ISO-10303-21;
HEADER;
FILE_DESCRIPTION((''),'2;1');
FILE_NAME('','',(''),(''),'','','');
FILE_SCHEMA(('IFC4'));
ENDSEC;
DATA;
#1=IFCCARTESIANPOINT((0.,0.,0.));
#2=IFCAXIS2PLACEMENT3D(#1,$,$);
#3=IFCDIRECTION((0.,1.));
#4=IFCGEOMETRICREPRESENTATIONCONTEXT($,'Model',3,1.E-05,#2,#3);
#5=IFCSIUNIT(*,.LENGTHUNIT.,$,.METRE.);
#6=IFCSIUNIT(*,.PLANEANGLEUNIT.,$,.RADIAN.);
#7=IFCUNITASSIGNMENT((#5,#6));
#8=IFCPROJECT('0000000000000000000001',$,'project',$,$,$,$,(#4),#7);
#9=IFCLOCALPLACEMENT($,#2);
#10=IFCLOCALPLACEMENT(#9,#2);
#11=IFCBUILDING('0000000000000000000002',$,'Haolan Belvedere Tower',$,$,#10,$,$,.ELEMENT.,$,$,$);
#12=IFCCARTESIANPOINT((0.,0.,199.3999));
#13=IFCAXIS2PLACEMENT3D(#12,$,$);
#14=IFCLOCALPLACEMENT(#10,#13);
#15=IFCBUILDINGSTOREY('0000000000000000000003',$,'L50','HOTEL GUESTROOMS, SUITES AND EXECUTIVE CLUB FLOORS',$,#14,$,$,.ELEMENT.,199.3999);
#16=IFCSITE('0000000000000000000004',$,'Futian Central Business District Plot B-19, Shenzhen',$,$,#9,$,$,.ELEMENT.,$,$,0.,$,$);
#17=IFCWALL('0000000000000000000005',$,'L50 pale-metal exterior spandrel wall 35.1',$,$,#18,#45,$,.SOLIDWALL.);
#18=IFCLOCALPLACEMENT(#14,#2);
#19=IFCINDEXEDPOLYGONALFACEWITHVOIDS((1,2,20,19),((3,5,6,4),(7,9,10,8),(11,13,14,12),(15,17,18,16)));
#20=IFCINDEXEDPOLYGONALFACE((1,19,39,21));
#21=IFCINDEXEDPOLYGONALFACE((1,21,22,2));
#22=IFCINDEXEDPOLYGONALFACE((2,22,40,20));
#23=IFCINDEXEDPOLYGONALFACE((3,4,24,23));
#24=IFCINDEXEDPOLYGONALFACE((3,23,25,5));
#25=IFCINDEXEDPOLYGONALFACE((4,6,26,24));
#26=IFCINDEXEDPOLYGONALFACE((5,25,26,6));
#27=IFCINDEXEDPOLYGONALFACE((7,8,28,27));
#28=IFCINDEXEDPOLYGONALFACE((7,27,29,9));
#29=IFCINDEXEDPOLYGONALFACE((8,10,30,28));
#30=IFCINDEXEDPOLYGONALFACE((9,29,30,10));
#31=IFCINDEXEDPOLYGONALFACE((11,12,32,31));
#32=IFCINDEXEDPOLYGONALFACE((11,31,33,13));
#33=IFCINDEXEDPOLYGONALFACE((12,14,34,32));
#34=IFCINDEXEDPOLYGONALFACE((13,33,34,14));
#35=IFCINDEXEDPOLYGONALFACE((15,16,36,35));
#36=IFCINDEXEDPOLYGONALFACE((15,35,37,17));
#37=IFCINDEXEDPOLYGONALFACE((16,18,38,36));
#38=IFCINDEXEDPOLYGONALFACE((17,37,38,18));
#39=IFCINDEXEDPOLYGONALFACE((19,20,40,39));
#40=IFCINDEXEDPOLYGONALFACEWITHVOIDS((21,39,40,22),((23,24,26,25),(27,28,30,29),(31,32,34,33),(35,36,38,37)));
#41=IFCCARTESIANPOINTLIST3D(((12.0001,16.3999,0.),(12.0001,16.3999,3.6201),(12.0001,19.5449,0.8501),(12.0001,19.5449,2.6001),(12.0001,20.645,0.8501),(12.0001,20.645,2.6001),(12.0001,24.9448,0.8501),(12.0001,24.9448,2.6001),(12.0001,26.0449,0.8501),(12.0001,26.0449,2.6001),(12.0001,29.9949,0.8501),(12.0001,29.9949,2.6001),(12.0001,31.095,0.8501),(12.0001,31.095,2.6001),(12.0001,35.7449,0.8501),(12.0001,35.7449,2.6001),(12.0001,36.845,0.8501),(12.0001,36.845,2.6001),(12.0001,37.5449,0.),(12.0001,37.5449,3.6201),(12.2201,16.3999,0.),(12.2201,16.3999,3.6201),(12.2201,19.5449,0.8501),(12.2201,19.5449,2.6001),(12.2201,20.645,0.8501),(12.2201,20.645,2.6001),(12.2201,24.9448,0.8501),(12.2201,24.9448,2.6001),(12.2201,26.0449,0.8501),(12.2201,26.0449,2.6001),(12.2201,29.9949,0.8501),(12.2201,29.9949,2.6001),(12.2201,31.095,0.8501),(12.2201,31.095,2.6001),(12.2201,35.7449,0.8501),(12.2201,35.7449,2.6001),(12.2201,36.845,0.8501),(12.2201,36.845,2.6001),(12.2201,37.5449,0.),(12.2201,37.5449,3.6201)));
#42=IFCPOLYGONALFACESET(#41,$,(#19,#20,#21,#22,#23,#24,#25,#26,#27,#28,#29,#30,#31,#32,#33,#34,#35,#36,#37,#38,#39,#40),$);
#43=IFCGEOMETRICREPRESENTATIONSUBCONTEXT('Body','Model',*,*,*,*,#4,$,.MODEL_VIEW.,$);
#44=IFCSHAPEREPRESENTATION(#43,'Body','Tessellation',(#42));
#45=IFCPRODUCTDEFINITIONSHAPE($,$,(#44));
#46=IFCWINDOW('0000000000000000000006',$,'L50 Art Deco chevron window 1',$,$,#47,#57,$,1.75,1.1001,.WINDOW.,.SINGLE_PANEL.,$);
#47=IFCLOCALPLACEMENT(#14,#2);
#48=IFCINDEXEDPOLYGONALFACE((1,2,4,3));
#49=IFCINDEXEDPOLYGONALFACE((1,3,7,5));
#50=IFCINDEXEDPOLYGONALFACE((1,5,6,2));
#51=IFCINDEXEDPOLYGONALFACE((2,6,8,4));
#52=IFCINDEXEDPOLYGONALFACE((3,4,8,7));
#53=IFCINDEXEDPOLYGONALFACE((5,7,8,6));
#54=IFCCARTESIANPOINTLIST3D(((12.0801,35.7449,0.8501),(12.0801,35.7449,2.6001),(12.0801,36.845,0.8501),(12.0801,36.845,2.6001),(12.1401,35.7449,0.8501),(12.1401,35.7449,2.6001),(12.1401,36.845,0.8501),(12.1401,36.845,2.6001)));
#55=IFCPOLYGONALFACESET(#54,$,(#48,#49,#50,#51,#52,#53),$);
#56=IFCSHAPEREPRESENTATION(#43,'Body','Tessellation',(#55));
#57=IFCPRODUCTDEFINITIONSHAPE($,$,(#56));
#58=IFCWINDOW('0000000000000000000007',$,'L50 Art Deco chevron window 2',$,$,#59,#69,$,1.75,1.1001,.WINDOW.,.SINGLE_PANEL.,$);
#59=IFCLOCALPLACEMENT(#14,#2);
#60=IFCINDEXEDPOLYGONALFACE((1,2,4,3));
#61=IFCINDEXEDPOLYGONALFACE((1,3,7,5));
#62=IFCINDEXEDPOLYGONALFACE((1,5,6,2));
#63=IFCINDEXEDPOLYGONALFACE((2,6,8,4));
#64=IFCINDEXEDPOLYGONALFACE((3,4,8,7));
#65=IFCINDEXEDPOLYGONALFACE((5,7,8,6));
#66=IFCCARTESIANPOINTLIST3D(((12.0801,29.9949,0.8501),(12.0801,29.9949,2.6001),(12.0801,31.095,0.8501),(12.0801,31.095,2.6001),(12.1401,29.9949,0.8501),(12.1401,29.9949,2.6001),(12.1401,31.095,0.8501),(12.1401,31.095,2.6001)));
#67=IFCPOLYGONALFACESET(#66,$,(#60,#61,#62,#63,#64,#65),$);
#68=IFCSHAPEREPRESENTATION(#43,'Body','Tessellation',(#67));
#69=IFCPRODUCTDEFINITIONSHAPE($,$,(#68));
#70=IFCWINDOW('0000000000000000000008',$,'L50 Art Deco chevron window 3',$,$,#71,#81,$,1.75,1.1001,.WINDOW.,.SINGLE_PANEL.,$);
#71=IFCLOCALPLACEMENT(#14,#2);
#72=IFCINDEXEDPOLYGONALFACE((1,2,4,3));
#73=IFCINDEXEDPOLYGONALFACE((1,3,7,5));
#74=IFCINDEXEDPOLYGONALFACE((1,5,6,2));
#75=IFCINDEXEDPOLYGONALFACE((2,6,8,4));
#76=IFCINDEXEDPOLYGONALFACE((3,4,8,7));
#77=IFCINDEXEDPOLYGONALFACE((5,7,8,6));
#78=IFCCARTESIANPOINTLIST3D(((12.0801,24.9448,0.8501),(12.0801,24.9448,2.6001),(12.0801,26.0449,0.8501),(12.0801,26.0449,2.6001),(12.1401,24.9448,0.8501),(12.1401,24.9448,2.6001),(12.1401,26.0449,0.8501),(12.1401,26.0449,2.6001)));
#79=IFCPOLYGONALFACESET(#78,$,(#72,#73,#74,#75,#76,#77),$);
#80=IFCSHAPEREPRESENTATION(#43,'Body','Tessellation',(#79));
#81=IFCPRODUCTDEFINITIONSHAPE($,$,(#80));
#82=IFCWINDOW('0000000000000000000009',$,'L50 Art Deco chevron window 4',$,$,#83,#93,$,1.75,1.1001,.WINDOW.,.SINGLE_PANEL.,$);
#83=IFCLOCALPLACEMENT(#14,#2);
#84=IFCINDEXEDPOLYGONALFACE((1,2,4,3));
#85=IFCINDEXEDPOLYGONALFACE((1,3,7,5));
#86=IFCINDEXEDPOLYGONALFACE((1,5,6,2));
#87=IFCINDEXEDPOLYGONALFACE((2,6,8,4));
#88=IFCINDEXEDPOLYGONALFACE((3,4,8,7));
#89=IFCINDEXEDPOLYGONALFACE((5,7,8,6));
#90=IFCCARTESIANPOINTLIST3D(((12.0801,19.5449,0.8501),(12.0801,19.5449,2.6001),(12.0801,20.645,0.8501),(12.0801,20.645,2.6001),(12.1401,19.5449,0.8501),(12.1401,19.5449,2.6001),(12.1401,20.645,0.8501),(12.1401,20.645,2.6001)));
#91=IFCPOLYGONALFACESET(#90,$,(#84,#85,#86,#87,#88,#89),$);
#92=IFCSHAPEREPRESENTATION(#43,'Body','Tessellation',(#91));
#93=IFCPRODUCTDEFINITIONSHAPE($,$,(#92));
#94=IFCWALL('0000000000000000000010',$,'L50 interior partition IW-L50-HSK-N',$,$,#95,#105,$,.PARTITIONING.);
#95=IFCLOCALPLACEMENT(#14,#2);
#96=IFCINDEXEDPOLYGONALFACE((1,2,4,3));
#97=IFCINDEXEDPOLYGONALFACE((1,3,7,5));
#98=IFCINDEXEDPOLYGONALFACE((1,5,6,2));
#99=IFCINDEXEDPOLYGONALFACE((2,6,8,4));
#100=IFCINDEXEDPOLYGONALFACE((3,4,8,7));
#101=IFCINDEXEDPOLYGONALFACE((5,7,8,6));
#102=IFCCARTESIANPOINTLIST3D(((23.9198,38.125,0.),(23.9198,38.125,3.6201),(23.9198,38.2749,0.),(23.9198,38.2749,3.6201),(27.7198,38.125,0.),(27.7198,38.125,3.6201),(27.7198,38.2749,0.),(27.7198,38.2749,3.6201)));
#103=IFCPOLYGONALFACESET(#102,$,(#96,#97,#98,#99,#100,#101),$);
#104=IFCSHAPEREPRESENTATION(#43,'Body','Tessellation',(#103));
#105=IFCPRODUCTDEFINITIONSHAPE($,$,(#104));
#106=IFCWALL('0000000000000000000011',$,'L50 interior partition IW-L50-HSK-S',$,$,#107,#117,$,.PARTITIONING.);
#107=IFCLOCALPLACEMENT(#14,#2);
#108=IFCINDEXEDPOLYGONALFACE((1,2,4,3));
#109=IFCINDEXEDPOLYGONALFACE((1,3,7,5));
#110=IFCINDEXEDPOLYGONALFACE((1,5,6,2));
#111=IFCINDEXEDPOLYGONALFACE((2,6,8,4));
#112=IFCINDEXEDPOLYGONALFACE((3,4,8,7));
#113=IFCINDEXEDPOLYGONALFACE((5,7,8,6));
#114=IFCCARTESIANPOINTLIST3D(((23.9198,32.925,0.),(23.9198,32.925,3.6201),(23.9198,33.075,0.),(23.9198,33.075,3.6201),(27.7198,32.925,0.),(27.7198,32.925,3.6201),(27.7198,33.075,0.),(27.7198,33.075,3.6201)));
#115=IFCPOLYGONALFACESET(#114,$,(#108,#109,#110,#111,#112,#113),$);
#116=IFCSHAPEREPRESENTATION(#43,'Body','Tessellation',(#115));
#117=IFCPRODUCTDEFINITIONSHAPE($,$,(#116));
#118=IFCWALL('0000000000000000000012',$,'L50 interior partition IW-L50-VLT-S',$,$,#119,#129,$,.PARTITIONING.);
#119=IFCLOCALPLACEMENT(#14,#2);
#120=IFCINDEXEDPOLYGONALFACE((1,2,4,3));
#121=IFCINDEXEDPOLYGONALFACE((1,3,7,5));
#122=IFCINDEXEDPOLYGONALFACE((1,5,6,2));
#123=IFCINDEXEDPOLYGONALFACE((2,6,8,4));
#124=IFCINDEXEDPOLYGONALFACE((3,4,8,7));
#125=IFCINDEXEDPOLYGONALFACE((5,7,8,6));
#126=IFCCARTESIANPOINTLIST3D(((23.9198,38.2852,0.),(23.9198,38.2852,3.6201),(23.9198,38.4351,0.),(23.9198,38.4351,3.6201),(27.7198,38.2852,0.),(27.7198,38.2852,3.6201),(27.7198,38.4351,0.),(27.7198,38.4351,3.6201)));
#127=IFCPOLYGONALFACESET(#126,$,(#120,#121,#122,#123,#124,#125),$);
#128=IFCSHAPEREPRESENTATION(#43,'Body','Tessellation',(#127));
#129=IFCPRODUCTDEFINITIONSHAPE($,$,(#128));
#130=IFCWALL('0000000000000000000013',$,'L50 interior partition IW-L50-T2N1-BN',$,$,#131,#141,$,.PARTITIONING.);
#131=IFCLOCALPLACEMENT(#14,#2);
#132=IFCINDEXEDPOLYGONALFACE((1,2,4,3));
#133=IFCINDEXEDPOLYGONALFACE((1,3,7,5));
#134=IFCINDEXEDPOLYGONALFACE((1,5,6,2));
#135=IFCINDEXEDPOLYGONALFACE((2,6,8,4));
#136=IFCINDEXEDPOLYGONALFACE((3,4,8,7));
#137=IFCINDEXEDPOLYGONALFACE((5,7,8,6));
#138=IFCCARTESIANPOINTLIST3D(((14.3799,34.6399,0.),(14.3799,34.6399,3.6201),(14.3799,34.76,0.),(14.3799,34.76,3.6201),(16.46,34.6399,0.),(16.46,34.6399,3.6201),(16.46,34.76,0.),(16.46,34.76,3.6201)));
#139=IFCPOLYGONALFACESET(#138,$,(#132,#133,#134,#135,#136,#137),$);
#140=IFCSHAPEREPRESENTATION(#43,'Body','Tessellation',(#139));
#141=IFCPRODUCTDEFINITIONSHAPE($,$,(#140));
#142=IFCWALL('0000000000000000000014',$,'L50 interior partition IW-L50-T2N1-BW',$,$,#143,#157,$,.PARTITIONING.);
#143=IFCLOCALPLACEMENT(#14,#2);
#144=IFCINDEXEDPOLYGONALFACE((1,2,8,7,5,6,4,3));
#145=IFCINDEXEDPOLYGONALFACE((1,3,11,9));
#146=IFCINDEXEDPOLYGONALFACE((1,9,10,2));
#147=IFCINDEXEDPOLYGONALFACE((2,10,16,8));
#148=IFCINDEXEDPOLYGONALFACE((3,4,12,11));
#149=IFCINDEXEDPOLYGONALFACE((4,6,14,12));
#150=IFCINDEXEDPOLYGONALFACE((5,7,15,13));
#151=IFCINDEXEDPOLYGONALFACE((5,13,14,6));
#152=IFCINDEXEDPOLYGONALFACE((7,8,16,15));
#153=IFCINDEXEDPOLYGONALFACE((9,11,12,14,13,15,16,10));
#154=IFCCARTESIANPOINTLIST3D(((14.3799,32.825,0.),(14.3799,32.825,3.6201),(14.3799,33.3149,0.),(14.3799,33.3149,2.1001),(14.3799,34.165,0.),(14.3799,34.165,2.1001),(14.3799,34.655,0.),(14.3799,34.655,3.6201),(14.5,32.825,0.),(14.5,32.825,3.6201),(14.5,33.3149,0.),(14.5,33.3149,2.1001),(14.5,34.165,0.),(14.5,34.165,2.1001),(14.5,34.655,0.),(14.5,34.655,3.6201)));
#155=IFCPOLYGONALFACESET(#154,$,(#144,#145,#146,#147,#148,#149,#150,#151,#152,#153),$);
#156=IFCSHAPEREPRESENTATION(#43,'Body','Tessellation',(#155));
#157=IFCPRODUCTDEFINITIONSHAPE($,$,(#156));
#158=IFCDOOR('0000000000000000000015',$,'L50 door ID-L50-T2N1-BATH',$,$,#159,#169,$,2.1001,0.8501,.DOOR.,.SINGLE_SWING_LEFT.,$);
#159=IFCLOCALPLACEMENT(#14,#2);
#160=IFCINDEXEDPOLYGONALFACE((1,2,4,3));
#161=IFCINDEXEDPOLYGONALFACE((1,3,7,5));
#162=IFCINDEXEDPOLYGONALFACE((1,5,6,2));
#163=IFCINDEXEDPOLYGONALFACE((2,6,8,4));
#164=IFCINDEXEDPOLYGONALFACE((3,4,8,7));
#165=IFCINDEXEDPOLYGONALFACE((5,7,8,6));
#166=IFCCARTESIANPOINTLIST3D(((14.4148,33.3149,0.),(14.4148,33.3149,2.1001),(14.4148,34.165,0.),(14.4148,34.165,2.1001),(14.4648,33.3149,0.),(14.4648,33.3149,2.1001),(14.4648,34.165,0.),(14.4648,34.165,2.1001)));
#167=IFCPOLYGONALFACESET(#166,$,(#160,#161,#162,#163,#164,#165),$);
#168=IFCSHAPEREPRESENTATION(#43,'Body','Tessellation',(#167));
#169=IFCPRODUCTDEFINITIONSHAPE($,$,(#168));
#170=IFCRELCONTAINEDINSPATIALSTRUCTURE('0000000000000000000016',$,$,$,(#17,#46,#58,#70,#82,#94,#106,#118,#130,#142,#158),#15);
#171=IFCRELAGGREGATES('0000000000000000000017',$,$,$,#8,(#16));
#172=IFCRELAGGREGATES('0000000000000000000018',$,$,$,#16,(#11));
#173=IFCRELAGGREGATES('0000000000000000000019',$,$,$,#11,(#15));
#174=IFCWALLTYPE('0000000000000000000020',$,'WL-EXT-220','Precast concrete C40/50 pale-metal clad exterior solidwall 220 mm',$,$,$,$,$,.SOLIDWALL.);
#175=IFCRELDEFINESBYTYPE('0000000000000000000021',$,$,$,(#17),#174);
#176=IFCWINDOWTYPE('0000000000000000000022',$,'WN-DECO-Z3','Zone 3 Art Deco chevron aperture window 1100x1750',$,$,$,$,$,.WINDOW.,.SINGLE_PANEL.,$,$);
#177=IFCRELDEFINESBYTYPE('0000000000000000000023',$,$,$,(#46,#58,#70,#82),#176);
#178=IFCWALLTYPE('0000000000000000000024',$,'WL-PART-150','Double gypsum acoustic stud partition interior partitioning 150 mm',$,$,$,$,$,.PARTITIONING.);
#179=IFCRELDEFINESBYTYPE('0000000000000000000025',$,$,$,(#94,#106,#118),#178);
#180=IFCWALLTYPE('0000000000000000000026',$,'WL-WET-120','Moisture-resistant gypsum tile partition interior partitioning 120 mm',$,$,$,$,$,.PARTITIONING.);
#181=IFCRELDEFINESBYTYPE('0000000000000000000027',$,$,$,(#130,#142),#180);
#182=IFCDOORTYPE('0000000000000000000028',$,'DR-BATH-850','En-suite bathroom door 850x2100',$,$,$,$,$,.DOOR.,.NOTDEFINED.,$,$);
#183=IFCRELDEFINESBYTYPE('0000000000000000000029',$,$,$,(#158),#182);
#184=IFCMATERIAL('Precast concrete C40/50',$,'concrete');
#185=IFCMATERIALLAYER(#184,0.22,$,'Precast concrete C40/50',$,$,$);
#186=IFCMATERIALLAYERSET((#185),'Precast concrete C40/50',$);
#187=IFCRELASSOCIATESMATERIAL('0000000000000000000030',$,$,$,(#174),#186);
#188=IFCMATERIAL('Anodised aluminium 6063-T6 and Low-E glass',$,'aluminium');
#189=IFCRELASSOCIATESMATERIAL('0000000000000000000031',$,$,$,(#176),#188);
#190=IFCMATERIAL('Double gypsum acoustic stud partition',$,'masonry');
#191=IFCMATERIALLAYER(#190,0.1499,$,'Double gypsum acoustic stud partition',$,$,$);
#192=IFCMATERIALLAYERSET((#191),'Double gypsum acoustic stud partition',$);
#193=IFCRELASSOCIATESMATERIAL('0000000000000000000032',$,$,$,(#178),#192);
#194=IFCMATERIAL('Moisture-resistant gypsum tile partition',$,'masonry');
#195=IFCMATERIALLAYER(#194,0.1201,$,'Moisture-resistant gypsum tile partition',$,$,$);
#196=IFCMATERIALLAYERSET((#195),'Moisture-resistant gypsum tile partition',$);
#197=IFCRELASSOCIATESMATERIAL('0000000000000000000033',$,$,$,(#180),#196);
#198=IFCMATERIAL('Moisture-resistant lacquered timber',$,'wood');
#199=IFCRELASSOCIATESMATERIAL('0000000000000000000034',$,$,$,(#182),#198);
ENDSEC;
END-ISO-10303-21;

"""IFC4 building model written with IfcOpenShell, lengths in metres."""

from ifc_helpers import new_model, si_unit, direction, frame, frame_2d, origin, place, context, subcontext, project, spatial, rectangle, extrude, material, layer, layer_set, type_object, element, fill, save


model = new_model("IFC4")

# Units and contexts
model_context = context("Model", 3, precision=1e-05, world=origin(), true_north=direction((0.0, 1.0)))
body_context = subcontext(model_context, "Body", "Model", "MODEL_VIEW")
ifc_project = project(units=[si_unit("LENGTHUNIT", "METRE"), si_unit("PLANEANGLEUNIT", "RADIAN")], contexts=[model_context])

# Site, building, storey
site_placement = place(None, origin())
site = spatial("IfcSite", under=ifc_project, at=site_placement, Name="Futian Central Business District Plot B-19, Shenzhen", CompositionType="ELEMENT", RefElevation=0.0)
building_placement = place(site_placement, origin())
building = spatial("IfcBuilding", under=site, at=building_placement, Name="Haolan Belvedere Tower", CompositionType="ELEMENT")
storey_placement = place(building_placement, frame((0.0, 0.0, 199.3999)))
storey = spatial("IfcBuildingStorey", under=building, at=storey_placement, Name="L50", Description="HOTEL GUESTROOMS, SUITES AND EXECUTIVE CLUB FLOORS", CompositionType="ELEMENT", Elevation=199.3999)

# Shared definitions
ifc_material_1 = material(Name="Precast concrete C40/50", Category="concrete")
ifc_layer_1 = layer(ifc_material_1, 0.22, Name="Precast concrete C40/50")
ifc_layer_set_1 = layer_set([ifc_layer_1], Name="Precast concrete C40/50")
wall_type_1 = type_object("IfcWallType", Name="WL-EXT-220", Description="Precast concrete C40/50 pale-metal clad exterior solidwall 220 mm", PredefinedType="SOLIDWALL", material=ifc_layer_set_1)

# Shared definitions
ifc_material_2 = material(Name="Anodised aluminium 6063-T6 and Low-E glass", Category="aluminium")
window_type = type_object("IfcWindowType", Name="WN-DECO-Z3", Description="Zone 3 Art Deco chevron aperture window 1100x1750", PartitioningType="SINGLE_PANEL", PredefinedType="WINDOW", material=ifc_material_2)

# Wall, openings, windows
wall_1_placement = place(storey_placement, frame((12.1101, 37.5449, 0.0), z_axis=(0.0, 0.0, 1.0), x_axis=(0.0, -1.0, 0.0)))
wall_1 = element("IfcWall", 1, at=wall_1_placement, inside=storey, type_object=wall_type_1, Name="L50 pale-metal exterior spandrel wall 35.1", PredefinedType="SOLIDWALL", context=body_context, shape_type="SweptSolid", body=[
    extrude(rectangle(XDim=21.145, YDim=0.22, at=frame_2d((10.5725, 0.0))), origin(), (0.0, 0.0, 1.0), 3.6201),
])
opening_1_placement = place(wall_1_placement, frame((0.7, 0.0, 0.8501)))
opening_1 = element("IfcOpeningElement", 2, at=opening_1_placement, cuts=wall_1, PredefinedType="OPENING", context=body_context, shape_type="SweptSolid", body=[
    extrude(rectangle(XDim=1.1001, YDim=1.75, at=frame_2d((0.55, 0.875))), frame((0.0, 0.1199, 0.0), z_axis=(0.0, -1.0, 0.0), x_axis=(1.0, 0.0, 0.0)), (0.0, 0.0, 1.0), 0.24),
])
opening_2_placement = place(wall_1_placement, frame((6.45, 0.0, 0.8501)))
opening_2 = element("IfcOpeningElement", 3, at=opening_2_placement, cuts=wall_1, PredefinedType="OPENING", context=body_context, shape_type="SweptSolid", body=[
    extrude(rectangle(XDim=1.1001, YDim=1.75, at=frame_2d((0.55, 0.875))), frame((0.0, 0.1199, 0.0), z_axis=(0.0, -1.0, 0.0), x_axis=(1.0, 0.0, 0.0)), (0.0, 0.0, 1.0), 0.24),
])
opening_3_placement = place(wall_1_placement, frame((11.5, 0.0, 0.8501)))
opening_3 = element("IfcOpeningElement", 4, at=opening_3_placement, cuts=wall_1, PredefinedType="OPENING", context=body_context, shape_type="SweptSolid", body=[
    extrude(rectangle(XDim=1.1001, YDim=1.75, at=frame_2d((0.55, 0.875))), frame((0.0, 0.1199, 0.0), z_axis=(0.0, -1.0, 0.0), x_axis=(1.0, 0.0, 0.0)), (0.0, 0.0, 1.0), 0.24),
])
opening_4_placement = place(wall_1_placement, frame((16.8999, 0.0, 0.8501)))
opening_4 = element("IfcOpeningElement", 5, at=opening_4_placement, cuts=wall_1, PredefinedType="OPENING", context=body_context, shape_type="SweptSolid", body=[
    extrude(rectangle(XDim=1.1001, YDim=1.75, at=frame_2d((0.55, 0.875))), frame((0.0, 0.1199, 0.0), z_axis=(0.0, -1.0, 0.0), x_axis=(1.0, 0.0, 0.0)), (0.0, 0.0, 1.0), 0.24),
])
window_1_placement = place(opening_1_placement, origin())
window_1 = element("IfcWindow", 6, at=window_1_placement, inside=storey, type_object=window_type, Name="L50 Art Deco chevron window 1", OverallHeight=1.75, OverallWidth=1.1001, PartitioningType="SINGLE_PANEL", PredefinedType="WINDOW", context=body_context, shape_type="SweptSolid", body=[
    extrude(rectangle(XDim=1.1001, YDim=1.75, at=frame_2d((0.55, 0.875))), frame((0.0, 0.03, 0.0), z_axis=(0.0, -1.0, 0.0), x_axis=(1.0, 0.0, 0.0)), (0.0, 0.0, 1.0), 0.0601),
])
fill(opening_1, window_1)
window_2_placement = place(opening_2_placement, origin())
window_2 = element("IfcWindow", 7, at=window_2_placement, inside=storey, type_object=window_type, Name="L50 Art Deco chevron window 2", OverallHeight=1.75, OverallWidth=1.1001, PartitioningType="SINGLE_PANEL", PredefinedType="WINDOW", context=body_context, shape_type="SweptSolid", body=[
    extrude(rectangle(XDim=1.1001, YDim=1.75, at=frame_2d((0.55, 0.875))), frame((0.0, 0.03, 0.0), z_axis=(0.0, -1.0, 0.0), x_axis=(1.0, 0.0, 0.0)), (0.0, 0.0, 1.0), 0.0601),
])
fill(opening_2, window_2)
window_3_placement = place(opening_3_placement, origin())
window_3 = element("IfcWindow", 8, at=window_3_placement, inside=storey, type_object=window_type, Name="L50 Art Deco chevron window 3", OverallHeight=1.75, OverallWidth=1.1001, PartitioningType="SINGLE_PANEL", PredefinedType="WINDOW", context=body_context, shape_type="SweptSolid", body=[
    extrude(rectangle(XDim=1.1001, YDim=1.75, at=frame_2d((0.55, 0.875))), frame((0.0, 0.03, 0.0), z_axis=(0.0, -1.0, 0.0), x_axis=(1.0, 0.0, 0.0)), (0.0, 0.0, 1.0), 0.0601),
])
fill(opening_3, window_3)
window_4_placement = place(opening_4_placement, origin())
window_4 = element("IfcWindow", 9, at=window_4_placement, inside=storey, type_object=window_type, Name="L50 Art Deco chevron window 4", OverallHeight=1.75, OverallWidth=1.1001, PartitioningType="SINGLE_PANEL", PredefinedType="WINDOW", context=body_context, shape_type="SweptSolid", body=[
    extrude(rectangle(XDim=1.1001, YDim=1.75, at=frame_2d((0.55, 0.875))), frame((0.0, 0.03, 0.0), z_axis=(0.0, -1.0, 0.0), x_axis=(1.0, 0.0, 0.0)), (0.0, 0.0, 1.0), 0.0601),
])
fill(opening_4, window_4)

# Walls
ifc_material_3 = material(Name="Double gypsum acoustic stud partition", Category="masonry")
ifc_layer_2 = layer(ifc_material_3, 0.1499, Name="Double gypsum acoustic stud partition")
ifc_layer_set_2 = layer_set([ifc_layer_2], Name="Double gypsum acoustic stud partition")
wall_type_2 = type_object("IfcWallType", Name="WL-PART-150", Description="Double gypsum acoustic stud partition interior partitioning 150 mm", PredefinedType="PARTITIONING", material=ifc_layer_set_2)
for number, where, z_axis, x_axis, name in (
    (10, (23.9199, 38.2, 0.0), (0.0, 0.0, 1.0), (1.0, 0.0, 0.0), "L50 interior partition IW-L50-HSK-N"),
    (11, (23.9199, 33.0, 0.0), (0.0, 0.0, 1.0), (1.0, 0.0, 0.0), "L50 interior partition IW-L50-HSK-S"),
    (12, (23.9199, 38.3601, 0.0), (0.0, 0.0, 1.0), (1.0, 0.0, 0.0), "L50 interior partition IW-L50-VLT-S"),
):
    element("IfcWall", number, at=place(storey_placement, frame(where, z_axis=z_axis, x_axis=x_axis)), inside=storey, type_object=wall_type_2, Name=name, PredefinedType="PARTITIONING", context=body_context, shape_type="SweptSolid", body=[
        extrude(rectangle(XDim=3.8, YDim=0.1499, at=frame_2d((1.8999, 0.0))), origin(), (0.0, 0.0, 1.0), 3.6201),
    ])
ifc_material_4 = material(Name="Moisture-resistant gypsum tile partition", Category="masonry")
ifc_layer_3 = layer(ifc_material_4, 0.1201, Name="Moisture-resistant gypsum tile partition")
ifc_layer_set_3 = layer_set([ifc_layer_3], Name="Moisture-resistant gypsum tile partition")
wall_type_3 = type_object("IfcWallType", Name="WL-WET-120", Description="Moisture-resistant gypsum tile partition interior partitioning 120 mm", PredefinedType="PARTITIONING", material=ifc_layer_set_3)
wall_2_placement = place(storey_placement, frame((14.3799, 34.7, 0.0), z_axis=(0.0, 0.0, 1.0), x_axis=(1.0, 0.0, 0.0)))
element("IfcWall", 13, at=wall_2_placement, inside=storey, type_object=wall_type_3, Name="L50 interior partition IW-L50-T2N1-BN", PredefinedType="PARTITIONING", context=body_context, shape_type="SweptSolid", body=[
    extrude(rectangle(XDim=2.0801, YDim=0.1201, at=frame_2d((1.04, 0.0))), origin(), (0.0, 0.0, 1.0), 3.6201),
])

# Wall, opening, door
wall_3_placement = place(storey_placement, frame((14.4399, 32.825, 0.0), z_axis=(0.0, 0.0, 1.0), x_axis=(0.0, 1.0, 0.0)))
wall_3 = element("IfcWall", 14, at=wall_3_placement, inside=storey, type_object=wall_type_3, Name="L50 interior partition IW-L50-T2N1-BW", PredefinedType="PARTITIONING", context=body_context, shape_type="SweptSolid", body=[
    extrude(rectangle(XDim=1.8301, YDim=0.1201, at=frame_2d((0.915, 0.0))), origin(), (0.0, 0.0, 1.0), 3.6201),
])
opening_5_placement = place(wall_3_placement, frame((1.3401, 0.0, 0.0), z_axis=(0.0, 0.0, 1.0), x_axis=(-1.0, 0.0, 0.0)))
opening_5 = element("IfcOpeningElement", 15, at=opening_5_placement, cuts=wall_3, PredefinedType="OPENING", context=body_context, shape_type="SweptSolid", body=[
    extrude(rectangle(XDim=0.8501, YDim=2.1001, at=frame_2d((0.425, 1.05))), frame((0.0, 0.0701, 0.0), z_axis=(0.0, -1.0, 0.0), x_axis=(1.0, 0.0, 0.0)), (0.0, 0.0, 1.0), 0.1401),
])
ifc_material_5 = material(Name="Moisture-resistant lacquered timber", Category="wood")
door_type = type_object("IfcDoorType", Name="DR-BATH-850", Description="En-suite bathroom door 850x2100", OperationType="NOTDEFINED", PredefinedType="DOOR", material=ifc_material_5)
door_1_placement = place(opening_5_placement, origin())
door_1 = element("IfcDoor", 16, at=door_1_placement, inside=storey, type_object=door_type, Name="L50 door ID-L50-T2N1-BATH", OperationType="SINGLE_SWING_LEFT", OverallHeight=2.1001, OverallWidth=0.8501, PredefinedType="DOOR", context=body_context, shape_type="SweptSolid", body=[
    extrude(rectangle(XDim=0.8501, YDim=2.1001, at=frame_2d((0.425, 1.05))), frame((0.0, 0.0249, 0.0), z_axis=(0.0, -1.0, 0.0), x_axis=(1.0, 0.0, 0.0)), (0.0, 0.0, 1.0), 0.05),
])
fill(opening_5, door_1)

save(model, "model.ifc")
